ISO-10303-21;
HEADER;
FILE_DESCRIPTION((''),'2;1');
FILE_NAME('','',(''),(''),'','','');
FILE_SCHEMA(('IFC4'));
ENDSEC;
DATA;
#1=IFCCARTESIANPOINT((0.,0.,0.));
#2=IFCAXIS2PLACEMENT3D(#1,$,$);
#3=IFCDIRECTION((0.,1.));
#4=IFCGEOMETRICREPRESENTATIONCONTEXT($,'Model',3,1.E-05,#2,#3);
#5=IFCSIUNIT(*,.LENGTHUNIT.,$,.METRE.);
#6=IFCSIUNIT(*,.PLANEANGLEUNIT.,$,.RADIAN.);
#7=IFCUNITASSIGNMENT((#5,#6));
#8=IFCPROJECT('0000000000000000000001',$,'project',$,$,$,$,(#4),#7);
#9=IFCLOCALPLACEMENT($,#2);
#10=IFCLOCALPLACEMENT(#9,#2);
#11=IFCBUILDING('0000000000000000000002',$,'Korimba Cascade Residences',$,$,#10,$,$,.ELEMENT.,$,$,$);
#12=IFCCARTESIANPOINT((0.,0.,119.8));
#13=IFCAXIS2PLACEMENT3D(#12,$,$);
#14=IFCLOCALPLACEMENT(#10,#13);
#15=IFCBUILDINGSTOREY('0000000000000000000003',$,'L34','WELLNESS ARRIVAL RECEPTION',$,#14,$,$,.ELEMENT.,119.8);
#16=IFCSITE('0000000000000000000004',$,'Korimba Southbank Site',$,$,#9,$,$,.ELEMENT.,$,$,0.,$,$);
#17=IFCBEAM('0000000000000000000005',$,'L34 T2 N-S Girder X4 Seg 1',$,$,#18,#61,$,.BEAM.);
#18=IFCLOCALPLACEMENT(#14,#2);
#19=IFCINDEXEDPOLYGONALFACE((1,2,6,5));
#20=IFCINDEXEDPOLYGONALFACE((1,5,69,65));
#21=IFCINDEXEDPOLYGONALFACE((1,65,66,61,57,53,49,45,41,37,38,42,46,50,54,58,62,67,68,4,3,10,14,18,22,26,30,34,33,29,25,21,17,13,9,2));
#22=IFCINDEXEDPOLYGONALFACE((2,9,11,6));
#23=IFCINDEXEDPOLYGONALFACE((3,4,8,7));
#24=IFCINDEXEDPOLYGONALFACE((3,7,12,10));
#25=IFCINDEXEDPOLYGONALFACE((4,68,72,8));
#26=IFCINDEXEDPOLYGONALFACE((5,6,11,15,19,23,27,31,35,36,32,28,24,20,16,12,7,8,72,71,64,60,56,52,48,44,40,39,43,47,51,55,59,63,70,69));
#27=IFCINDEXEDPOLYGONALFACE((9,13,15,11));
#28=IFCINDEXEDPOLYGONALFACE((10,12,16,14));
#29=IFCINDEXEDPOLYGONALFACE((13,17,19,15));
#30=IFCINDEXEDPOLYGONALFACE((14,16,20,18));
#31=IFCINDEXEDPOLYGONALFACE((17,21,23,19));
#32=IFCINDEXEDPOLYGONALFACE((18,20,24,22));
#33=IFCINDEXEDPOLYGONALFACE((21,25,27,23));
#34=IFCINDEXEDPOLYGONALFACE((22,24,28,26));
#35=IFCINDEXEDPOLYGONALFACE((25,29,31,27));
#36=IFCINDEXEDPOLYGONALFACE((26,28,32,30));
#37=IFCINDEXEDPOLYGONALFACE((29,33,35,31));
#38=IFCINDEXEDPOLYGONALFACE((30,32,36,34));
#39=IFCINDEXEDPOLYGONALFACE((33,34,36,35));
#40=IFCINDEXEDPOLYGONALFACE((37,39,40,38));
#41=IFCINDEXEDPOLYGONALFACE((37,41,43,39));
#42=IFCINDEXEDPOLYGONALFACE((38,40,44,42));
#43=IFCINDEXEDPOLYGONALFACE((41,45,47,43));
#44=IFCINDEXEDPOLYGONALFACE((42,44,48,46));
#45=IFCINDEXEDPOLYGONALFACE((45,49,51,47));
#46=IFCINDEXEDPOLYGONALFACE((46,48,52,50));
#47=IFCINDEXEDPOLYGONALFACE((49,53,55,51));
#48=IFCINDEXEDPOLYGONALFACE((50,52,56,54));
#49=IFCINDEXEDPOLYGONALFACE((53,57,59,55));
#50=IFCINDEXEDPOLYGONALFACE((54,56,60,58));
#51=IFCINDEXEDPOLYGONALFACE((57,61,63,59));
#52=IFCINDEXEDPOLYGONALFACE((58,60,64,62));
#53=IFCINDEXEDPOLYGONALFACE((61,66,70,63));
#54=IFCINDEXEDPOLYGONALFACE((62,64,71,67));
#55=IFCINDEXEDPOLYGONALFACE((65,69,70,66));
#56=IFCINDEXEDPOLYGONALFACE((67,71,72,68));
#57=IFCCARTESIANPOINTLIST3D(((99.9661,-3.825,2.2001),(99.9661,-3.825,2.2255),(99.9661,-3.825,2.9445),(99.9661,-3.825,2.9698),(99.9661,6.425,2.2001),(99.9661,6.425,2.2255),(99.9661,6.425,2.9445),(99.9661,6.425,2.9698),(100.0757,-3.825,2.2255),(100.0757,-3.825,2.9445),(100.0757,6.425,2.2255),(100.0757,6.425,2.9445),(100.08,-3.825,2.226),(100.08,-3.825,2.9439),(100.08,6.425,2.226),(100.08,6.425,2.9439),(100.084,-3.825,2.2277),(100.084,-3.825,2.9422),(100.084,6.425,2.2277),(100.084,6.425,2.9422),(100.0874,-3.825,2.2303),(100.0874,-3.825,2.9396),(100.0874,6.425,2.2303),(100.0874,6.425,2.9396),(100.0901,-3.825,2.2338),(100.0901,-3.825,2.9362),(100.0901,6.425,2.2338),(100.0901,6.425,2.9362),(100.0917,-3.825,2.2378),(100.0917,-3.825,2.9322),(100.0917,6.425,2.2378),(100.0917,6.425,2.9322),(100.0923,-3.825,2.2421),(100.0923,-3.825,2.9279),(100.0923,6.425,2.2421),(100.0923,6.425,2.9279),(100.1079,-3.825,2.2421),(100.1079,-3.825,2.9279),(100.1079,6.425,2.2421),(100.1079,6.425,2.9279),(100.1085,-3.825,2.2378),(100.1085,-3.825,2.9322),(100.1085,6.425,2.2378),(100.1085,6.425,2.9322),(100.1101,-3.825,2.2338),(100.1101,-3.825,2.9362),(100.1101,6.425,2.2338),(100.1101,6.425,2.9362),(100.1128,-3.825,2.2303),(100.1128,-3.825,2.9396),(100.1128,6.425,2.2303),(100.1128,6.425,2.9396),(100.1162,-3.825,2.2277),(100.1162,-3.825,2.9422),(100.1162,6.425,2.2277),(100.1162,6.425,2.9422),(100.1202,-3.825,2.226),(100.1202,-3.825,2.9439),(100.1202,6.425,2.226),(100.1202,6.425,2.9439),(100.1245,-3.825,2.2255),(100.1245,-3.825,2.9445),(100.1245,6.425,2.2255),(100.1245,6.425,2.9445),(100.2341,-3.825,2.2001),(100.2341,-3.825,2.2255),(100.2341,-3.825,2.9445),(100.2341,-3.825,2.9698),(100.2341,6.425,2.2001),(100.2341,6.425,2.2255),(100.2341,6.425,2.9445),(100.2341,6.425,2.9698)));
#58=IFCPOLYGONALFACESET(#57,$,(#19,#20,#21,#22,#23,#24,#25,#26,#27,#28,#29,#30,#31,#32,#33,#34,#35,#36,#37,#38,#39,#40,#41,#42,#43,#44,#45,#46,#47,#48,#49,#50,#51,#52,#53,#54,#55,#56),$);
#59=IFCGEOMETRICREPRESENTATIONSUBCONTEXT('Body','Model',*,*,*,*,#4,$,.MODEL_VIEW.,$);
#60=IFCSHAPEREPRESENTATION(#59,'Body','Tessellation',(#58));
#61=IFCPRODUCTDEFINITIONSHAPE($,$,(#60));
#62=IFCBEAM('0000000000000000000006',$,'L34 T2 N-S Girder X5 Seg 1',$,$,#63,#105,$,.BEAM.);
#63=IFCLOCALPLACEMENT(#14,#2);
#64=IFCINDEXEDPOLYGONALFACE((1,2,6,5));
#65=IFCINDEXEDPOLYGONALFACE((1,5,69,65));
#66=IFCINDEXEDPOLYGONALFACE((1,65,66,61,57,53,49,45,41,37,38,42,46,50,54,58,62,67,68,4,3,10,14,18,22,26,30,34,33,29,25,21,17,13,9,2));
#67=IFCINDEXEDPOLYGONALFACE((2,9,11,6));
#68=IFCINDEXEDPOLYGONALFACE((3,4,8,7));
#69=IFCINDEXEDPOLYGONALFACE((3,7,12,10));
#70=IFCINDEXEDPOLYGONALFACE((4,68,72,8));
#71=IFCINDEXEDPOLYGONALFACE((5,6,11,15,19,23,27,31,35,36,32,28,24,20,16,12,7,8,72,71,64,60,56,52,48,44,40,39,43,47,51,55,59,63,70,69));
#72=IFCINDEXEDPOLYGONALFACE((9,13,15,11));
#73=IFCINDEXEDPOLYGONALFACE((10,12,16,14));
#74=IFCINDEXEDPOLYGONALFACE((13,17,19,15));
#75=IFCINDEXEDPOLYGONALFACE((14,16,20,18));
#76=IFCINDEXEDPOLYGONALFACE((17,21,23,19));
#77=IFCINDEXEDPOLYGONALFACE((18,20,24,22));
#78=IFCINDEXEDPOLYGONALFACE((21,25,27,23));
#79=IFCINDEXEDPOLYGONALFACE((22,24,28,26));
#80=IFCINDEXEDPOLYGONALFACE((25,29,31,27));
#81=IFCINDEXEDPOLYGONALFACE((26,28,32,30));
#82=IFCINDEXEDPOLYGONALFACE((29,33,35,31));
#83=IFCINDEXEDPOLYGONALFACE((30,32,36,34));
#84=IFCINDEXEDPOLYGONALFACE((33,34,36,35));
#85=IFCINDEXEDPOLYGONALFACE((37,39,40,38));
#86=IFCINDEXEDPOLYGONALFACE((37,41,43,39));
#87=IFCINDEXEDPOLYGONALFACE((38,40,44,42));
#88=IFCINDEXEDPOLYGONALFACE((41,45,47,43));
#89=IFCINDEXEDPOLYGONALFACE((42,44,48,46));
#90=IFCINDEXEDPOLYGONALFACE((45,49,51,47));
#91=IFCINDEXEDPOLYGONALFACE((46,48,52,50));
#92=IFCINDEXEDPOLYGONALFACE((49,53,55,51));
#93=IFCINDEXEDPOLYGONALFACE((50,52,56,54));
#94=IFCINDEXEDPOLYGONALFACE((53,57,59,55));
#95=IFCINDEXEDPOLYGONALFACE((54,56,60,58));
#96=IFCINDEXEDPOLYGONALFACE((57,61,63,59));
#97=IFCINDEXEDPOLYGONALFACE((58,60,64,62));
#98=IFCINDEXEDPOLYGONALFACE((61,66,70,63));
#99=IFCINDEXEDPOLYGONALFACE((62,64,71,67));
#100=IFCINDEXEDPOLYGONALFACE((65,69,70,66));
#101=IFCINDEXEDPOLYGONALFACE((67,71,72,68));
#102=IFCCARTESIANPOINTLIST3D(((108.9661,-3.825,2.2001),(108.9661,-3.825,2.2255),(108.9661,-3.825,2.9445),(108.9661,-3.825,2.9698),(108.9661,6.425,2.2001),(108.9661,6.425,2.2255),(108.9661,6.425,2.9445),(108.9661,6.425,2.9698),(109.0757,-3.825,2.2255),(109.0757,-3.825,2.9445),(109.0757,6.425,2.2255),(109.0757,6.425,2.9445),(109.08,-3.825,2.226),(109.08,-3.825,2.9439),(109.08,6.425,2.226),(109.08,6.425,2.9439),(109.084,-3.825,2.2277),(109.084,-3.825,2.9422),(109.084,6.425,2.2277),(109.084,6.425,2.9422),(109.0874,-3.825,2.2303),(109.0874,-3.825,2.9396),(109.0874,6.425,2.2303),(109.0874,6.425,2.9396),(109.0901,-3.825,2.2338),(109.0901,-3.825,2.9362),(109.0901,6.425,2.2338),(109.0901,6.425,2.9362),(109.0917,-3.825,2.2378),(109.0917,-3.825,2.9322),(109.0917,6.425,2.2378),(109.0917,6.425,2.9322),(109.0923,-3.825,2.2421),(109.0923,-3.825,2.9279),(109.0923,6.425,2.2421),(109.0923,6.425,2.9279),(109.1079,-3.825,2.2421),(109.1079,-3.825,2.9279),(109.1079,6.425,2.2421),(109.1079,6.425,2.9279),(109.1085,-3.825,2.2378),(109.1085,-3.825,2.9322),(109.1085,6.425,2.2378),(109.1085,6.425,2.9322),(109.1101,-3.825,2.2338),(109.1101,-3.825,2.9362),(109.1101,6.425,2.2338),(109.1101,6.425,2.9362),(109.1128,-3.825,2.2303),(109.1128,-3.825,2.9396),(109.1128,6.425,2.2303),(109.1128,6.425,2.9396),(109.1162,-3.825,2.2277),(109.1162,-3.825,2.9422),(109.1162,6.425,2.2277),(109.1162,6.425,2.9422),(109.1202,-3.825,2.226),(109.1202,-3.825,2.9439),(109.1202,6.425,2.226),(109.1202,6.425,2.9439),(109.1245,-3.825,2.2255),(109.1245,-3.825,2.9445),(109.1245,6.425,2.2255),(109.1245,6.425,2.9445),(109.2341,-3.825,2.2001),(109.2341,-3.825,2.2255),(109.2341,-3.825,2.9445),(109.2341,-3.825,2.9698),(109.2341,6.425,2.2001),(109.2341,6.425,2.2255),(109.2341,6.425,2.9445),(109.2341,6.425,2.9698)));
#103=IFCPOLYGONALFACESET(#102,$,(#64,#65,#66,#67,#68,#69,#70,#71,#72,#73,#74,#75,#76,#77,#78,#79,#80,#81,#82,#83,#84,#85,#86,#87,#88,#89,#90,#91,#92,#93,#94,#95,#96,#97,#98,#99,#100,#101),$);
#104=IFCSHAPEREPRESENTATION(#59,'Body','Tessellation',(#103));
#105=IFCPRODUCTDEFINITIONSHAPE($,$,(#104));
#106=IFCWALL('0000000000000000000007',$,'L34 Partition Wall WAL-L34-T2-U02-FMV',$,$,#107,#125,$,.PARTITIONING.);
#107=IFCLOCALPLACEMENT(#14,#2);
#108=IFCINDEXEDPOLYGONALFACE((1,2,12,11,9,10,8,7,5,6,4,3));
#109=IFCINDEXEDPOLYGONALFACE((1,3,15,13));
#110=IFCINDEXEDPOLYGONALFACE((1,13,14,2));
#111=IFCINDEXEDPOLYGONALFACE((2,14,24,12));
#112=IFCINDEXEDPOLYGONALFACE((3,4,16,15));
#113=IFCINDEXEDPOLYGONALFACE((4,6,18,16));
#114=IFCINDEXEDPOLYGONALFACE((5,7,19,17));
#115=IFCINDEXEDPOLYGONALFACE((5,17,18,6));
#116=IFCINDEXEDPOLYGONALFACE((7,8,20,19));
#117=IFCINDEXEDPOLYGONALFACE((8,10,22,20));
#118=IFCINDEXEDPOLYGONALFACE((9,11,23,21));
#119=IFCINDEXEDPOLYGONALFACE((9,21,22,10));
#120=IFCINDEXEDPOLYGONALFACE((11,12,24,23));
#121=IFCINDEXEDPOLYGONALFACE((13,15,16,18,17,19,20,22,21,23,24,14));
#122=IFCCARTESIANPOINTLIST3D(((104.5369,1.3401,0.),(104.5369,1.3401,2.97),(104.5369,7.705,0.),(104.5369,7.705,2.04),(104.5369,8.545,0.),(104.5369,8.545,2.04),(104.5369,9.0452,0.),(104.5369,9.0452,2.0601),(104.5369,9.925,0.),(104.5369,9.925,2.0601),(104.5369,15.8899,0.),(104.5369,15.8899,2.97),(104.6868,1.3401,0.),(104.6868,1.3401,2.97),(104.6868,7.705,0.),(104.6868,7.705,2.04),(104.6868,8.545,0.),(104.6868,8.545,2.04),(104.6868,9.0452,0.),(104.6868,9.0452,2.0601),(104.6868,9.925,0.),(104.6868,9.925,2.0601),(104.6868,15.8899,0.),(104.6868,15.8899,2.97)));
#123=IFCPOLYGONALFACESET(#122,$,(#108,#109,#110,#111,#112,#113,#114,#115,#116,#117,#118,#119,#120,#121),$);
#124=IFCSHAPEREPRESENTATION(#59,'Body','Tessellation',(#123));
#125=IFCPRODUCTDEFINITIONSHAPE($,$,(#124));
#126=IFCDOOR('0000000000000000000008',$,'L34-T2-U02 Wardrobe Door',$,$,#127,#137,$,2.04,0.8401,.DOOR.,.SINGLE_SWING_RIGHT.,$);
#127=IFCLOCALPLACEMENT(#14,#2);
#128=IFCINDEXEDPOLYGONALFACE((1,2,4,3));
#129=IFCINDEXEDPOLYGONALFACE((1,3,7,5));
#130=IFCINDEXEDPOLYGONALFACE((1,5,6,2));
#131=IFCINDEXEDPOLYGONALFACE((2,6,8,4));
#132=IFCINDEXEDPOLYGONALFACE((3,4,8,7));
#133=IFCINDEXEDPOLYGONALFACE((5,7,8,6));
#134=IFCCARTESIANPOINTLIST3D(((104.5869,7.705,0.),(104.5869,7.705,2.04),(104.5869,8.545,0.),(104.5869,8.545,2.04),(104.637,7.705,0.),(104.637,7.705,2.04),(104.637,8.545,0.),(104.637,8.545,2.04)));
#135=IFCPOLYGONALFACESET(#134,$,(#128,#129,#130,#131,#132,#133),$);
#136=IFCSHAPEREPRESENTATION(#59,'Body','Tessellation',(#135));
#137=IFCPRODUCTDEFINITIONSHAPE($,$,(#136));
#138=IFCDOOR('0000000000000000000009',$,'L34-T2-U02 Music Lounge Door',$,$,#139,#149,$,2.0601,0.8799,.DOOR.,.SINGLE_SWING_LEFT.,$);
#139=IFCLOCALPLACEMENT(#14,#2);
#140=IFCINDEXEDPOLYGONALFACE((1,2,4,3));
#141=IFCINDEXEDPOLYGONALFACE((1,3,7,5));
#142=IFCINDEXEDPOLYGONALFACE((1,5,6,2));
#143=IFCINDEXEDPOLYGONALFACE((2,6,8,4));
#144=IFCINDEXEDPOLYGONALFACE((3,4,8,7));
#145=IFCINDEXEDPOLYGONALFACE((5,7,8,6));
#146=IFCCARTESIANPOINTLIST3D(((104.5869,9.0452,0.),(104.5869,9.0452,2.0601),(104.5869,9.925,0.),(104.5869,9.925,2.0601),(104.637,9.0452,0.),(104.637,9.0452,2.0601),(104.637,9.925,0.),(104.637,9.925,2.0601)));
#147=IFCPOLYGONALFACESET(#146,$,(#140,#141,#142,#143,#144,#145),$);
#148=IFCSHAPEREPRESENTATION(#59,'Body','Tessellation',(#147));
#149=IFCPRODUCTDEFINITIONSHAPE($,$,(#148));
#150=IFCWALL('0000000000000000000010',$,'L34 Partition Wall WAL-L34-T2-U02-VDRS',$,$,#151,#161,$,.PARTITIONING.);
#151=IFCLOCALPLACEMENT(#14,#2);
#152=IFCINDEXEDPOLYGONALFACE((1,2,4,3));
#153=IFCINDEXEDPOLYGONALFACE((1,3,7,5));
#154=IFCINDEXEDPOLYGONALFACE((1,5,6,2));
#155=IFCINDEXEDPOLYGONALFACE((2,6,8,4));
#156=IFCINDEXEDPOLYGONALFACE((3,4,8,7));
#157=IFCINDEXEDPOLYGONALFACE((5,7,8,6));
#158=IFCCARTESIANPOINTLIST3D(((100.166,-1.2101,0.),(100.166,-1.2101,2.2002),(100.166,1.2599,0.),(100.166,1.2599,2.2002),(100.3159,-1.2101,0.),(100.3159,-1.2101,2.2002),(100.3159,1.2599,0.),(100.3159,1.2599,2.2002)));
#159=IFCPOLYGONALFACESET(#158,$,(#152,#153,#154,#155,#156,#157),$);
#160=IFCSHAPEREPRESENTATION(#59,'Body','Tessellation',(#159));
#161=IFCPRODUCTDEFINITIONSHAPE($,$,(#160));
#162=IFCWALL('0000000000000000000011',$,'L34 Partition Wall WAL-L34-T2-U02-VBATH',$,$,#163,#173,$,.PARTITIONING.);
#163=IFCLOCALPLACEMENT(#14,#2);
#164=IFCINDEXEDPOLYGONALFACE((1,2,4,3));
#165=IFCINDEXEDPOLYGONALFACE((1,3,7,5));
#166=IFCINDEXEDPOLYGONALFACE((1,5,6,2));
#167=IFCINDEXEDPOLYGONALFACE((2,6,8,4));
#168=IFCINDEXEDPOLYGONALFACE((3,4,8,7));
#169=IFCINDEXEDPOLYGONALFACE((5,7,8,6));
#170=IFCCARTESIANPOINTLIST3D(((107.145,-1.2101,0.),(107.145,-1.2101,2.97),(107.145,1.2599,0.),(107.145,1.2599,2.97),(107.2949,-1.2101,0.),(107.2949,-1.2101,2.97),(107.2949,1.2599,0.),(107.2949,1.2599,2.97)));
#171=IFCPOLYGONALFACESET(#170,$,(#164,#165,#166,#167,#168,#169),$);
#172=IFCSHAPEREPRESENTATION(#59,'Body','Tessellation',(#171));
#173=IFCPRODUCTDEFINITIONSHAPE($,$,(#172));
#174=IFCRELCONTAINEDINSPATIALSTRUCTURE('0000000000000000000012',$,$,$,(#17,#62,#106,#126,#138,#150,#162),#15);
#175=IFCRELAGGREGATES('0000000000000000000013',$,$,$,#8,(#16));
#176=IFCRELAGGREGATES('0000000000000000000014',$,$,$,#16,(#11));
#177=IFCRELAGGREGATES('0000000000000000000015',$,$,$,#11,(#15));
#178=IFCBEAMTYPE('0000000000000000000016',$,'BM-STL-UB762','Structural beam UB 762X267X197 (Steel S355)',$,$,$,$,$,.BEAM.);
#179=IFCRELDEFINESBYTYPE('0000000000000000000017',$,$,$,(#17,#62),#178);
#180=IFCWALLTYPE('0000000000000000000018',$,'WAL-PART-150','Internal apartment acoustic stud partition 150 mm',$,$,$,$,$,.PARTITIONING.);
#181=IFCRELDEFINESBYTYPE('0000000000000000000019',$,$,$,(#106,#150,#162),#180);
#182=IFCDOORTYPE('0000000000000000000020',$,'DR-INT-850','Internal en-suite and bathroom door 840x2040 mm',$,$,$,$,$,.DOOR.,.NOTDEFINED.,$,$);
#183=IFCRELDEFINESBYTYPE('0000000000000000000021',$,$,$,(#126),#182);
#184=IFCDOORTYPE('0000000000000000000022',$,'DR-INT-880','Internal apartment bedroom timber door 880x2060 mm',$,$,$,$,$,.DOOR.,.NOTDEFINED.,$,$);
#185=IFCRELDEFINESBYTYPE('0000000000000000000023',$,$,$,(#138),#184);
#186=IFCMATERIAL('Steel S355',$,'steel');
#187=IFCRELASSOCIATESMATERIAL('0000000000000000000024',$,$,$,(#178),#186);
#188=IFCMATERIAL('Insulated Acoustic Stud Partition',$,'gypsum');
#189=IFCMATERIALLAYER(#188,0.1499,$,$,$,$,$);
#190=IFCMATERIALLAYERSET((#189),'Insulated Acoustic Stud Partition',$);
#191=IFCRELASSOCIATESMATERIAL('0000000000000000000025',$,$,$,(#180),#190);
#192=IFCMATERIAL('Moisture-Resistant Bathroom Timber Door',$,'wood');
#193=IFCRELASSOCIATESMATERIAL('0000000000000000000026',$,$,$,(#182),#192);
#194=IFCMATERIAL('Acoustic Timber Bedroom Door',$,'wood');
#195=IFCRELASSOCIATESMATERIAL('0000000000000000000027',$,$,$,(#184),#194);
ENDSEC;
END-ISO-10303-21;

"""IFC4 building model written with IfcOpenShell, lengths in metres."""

from ifc_helpers import new_model, si_unit, direction, frame, frame_2d, origin, origin_2d, place, context, subcontext, project, spatial, rectangle, i_section, extrude, material, layer, layer_set, material_profile, profile_set, type_object, element, fill, save


model = new_model("IFC4")

# Units and contexts
model_context = context("Model", 3, precision=1e-05, world=origin(), true_north=direction((0.0, 1.0)))
body_context = subcontext(model_context, "Body", "Model", "MODEL_VIEW")
ifc_project = project(units=[si_unit("LENGTHUNIT", "METRE"), si_unit("PLANEANGLEUNIT", "RADIAN")], contexts=[model_context])

# Site, building, storey
site_placement = place(None, origin())
site = spatial("IfcSite", under=ifc_project, at=site_placement, Name="Korimba Southbank Site", CompositionType="ELEMENT", RefElevation=0.0)
building_placement = place(site_placement, origin())
building = spatial("IfcBuilding", under=site, at=building_placement, Name="Korimba Cascade Residences", CompositionType="ELEMENT")
storey_placement = place(building_placement, frame((0.0, 0.0, 119.8)))
storey = spatial("IfcBuildingStorey", under=building, at=storey_placement, Name="L34", Description="WELLNESS ARRIVAL RECEPTION", CompositionType="ELEMENT", Elevation=119.8)

# Beams
ifc_material_1 = material(Name="Steel S355", Category="steel")
ifc_material_profile_1 = material_profile(ifc_material_1, i_section(OverallWidth=0.2681, OverallDepth=0.7698, WebThickness=0.0156, FlangeThickness=0.0254, FilletRadius=0.0166, at=origin_2d()), Name="Steel S355")
ifc_profile_set_1 = profile_set([ifc_material_profile_1], Name="Steel S355")
beam_type_1 = type_object("IfcBeamType", Name="BM-STL-UB762", Description="Structural beam UB 762X267X197 (Steel S355)", PredefinedType="BEAM", material=ifc_profile_set_1)
for number, where, z_axis, x_axis, name in (
    (1, (100.1001, -3.825, 2.585), (0.0, 1.0, 0.0), (-1.0, 0.0, 0.0), "L34 T2 N-S Girder X4 Seg 1"),
    (2, (109.1001, -3.825, 2.585), (0.0, 1.0, 0.0), (-1.0, 0.0, 0.0), "L34 T2 N-S Girder X5 Seg 1"),
):
    element("IfcBeam", number, at=place(storey_placement, frame(where, z_axis=z_axis, x_axis=x_axis)), inside=storey, type_object=beam_type_1, Name=name, PredefinedType="BEAM", context=body_context, shape_type="SweptSolid", body=[
        extrude(i_section(OverallWidth=0.2681, OverallDepth=0.7698, WebThickness=0.0156, FlangeThickness=0.0254, FilletRadius=0.0166, at=origin_2d()), origin(), (0.0, 0.0, 1.0), 10.25),
    ])

# Wall, openings, doors
ifc_material_2 = material(Name="Insulated Acoustic Stud Partition", Category="gypsum")
ifc_layer = layer(ifc_material_2, 0.1499)
ifc_layer_set = layer_set([ifc_layer], Name="Insulated Acoustic Stud Partition")
wall_type = type_object("IfcWallType", Name="WAL-PART-150", Description="Internal apartment acoustic stud partition 150 mm", PredefinedType="PARTITIONING", material=ifc_layer_set)
wall_1_placement = place(storey_placement, frame((104.6118, 1.3401, 0.0), z_axis=(0.0, 0.0, 1.0), x_axis=(0.0, 1.0, 0.0)))
wall_1 = element("IfcWall", 3, at=wall_1_placement, inside=storey, type_object=wall_type, Name="L34 Partition Wall WAL-L34-T2-U02-FMV", PredefinedType="PARTITIONING", context=body_context, shape_type="SweptSolid", body=[
    extrude(rectangle(XDim=14.5498, YDim=0.1499, at=frame_2d((7.2749, 0.0))), origin(), (0.0, 0.0, 1.0), 2.97),
])
opening_1_placement = place(wall_1_placement, frame((6.365, 0.0, 0.0)))
opening_1 = element("IfcOpeningElement", 4, at=opening_1_placement, cuts=wall_1, PredefinedType="OPENING", context=body_context, shape_type="SweptSolid", body=[
    extrude(rectangle(XDim=0.8401, YDim=2.04, at=frame_2d((0.4199, 1.02))), frame((0.0, 0.085, 0.0), z_axis=(0.0, -1.0, 0.0), x_axis=(1.0, 0.0, 0.0)), (0.0, 0.0, 1.0), 0.1699),
])
opening_2_placement = place(wall_1_placement, frame((7.7051, 0.0, 0.0)))
opening_2 = element("IfcOpeningElement", 5, at=opening_2_placement, cuts=wall_1, PredefinedType="OPENING", context=body_context, shape_type="SweptSolid", body=[
    extrude(rectangle(XDim=0.8799, YDim=2.0601, at=frame_2d((0.4399, 1.03))), frame((0.0, 0.085, 0.0), z_axis=(0.0, -1.0, 0.0), x_axis=(1.0, 0.0, 0.0)), (0.0, 0.0, 1.0), 0.1699),
])
ifc_material_3 = material(Name="Moisture-Resistant Bathroom Timber Door", Category="wood")
door_type_1 = type_object("IfcDoorType", Name="DR-INT-850", Description="Internal en-suite and bathroom door 840x2040 mm", OperationType="NOTDEFINED", PredefinedType="DOOR", material=ifc_material_3)
door_1_placement = place(opening_1_placement, origin())
door_1 = element("IfcDoor", 6, at=door_1_placement, inside=storey, type_object=door_type_1, Name="L34-T2-U02 Wardrobe Door", OperationType="SINGLE_SWING_RIGHT", OverallHeight=2.04, OverallWidth=0.8401, PredefinedType="DOOR", context=body_context, shape_type="SweptSolid", body=[
    extrude(rectangle(XDim=0.8401, YDim=2.04, at=frame_2d((0.4199, 1.02))), frame((0.0, 0.0249, 0.0), z_axis=(0.0, -1.0, 0.0), x_axis=(1.0, 0.0, 0.0)), (0.0, 0.0, 1.0), 0.05),
])
fill(opening_1, door_1)
ifc_material_4 = material(Name="Acoustic Timber Bedroom Door", Category="wood")
door_type_2 = type_object("IfcDoorType", Name="DR-INT-880", Description="Internal apartment bedroom timber door 880x2060 mm", OperationType="NOTDEFINED", PredefinedType="DOOR", material=ifc_material_4)
door_2_placement = place(opening_2_placement, origin())
door_2 = element("IfcDoor", 7, at=door_2_placement, inside=storey, type_object=door_type_2, Name="L34-T2-U02 Music Lounge Door", OperationType="SINGLE_SWING_LEFT", OverallHeight=2.0601, OverallWidth=0.8799, PredefinedType="DOOR", context=body_context, shape_type="SweptSolid", body=[
    extrude(rectangle(XDim=0.8799, YDim=2.0601, at=frame_2d((0.4399, 1.03))), frame((0.0, 0.0249, 0.0), z_axis=(0.0, -1.0, 0.0), x_axis=(1.0, 0.0, 0.0)), (0.0, 0.0, 1.0), 0.05),
])
fill(opening_2, door_2)

# Walls
wall_2_placement = place(storey_placement, frame((100.241, -1.21, 0.0), z_axis=(0.0, 0.0, 1.0), x_axis=(0.0, 1.0, 0.0)))
element("IfcWall", 8, at=wall_2_placement, inside=storey, type_object=wall_type, Name="L34 Partition Wall WAL-L34-T2-U02-VDRS", PredefinedType="PARTITIONING", context=body_context, shape_type="SweptSolid", body=[
    extrude(rectangle(XDim=2.47, YDim=0.1499, at=frame_2d((1.2349, 0.0))), origin(), (0.0, 0.0, 1.0), 2.2002),
])
wall_3_placement = place(storey_placement, frame((107.22, -1.21, 0.0), z_axis=(0.0, 0.0, 1.0), x_axis=(0.0, 1.0, 0.0)))
element("IfcWall", 9, at=wall_3_placement, inside=storey, type_object=wall_type, Name="L34 Partition Wall WAL-L34-T2-U02-VBATH", PredefinedType="PARTITIONING", context=body_context, shape_type="SweptSolid", body=[
    extrude(rectangle(XDim=2.47, YDim=0.1499, at=frame_2d((1.2349, 0.0))), origin(), (0.0, 0.0, 1.0), 2.97),
])

save(model, "model.ifc")
